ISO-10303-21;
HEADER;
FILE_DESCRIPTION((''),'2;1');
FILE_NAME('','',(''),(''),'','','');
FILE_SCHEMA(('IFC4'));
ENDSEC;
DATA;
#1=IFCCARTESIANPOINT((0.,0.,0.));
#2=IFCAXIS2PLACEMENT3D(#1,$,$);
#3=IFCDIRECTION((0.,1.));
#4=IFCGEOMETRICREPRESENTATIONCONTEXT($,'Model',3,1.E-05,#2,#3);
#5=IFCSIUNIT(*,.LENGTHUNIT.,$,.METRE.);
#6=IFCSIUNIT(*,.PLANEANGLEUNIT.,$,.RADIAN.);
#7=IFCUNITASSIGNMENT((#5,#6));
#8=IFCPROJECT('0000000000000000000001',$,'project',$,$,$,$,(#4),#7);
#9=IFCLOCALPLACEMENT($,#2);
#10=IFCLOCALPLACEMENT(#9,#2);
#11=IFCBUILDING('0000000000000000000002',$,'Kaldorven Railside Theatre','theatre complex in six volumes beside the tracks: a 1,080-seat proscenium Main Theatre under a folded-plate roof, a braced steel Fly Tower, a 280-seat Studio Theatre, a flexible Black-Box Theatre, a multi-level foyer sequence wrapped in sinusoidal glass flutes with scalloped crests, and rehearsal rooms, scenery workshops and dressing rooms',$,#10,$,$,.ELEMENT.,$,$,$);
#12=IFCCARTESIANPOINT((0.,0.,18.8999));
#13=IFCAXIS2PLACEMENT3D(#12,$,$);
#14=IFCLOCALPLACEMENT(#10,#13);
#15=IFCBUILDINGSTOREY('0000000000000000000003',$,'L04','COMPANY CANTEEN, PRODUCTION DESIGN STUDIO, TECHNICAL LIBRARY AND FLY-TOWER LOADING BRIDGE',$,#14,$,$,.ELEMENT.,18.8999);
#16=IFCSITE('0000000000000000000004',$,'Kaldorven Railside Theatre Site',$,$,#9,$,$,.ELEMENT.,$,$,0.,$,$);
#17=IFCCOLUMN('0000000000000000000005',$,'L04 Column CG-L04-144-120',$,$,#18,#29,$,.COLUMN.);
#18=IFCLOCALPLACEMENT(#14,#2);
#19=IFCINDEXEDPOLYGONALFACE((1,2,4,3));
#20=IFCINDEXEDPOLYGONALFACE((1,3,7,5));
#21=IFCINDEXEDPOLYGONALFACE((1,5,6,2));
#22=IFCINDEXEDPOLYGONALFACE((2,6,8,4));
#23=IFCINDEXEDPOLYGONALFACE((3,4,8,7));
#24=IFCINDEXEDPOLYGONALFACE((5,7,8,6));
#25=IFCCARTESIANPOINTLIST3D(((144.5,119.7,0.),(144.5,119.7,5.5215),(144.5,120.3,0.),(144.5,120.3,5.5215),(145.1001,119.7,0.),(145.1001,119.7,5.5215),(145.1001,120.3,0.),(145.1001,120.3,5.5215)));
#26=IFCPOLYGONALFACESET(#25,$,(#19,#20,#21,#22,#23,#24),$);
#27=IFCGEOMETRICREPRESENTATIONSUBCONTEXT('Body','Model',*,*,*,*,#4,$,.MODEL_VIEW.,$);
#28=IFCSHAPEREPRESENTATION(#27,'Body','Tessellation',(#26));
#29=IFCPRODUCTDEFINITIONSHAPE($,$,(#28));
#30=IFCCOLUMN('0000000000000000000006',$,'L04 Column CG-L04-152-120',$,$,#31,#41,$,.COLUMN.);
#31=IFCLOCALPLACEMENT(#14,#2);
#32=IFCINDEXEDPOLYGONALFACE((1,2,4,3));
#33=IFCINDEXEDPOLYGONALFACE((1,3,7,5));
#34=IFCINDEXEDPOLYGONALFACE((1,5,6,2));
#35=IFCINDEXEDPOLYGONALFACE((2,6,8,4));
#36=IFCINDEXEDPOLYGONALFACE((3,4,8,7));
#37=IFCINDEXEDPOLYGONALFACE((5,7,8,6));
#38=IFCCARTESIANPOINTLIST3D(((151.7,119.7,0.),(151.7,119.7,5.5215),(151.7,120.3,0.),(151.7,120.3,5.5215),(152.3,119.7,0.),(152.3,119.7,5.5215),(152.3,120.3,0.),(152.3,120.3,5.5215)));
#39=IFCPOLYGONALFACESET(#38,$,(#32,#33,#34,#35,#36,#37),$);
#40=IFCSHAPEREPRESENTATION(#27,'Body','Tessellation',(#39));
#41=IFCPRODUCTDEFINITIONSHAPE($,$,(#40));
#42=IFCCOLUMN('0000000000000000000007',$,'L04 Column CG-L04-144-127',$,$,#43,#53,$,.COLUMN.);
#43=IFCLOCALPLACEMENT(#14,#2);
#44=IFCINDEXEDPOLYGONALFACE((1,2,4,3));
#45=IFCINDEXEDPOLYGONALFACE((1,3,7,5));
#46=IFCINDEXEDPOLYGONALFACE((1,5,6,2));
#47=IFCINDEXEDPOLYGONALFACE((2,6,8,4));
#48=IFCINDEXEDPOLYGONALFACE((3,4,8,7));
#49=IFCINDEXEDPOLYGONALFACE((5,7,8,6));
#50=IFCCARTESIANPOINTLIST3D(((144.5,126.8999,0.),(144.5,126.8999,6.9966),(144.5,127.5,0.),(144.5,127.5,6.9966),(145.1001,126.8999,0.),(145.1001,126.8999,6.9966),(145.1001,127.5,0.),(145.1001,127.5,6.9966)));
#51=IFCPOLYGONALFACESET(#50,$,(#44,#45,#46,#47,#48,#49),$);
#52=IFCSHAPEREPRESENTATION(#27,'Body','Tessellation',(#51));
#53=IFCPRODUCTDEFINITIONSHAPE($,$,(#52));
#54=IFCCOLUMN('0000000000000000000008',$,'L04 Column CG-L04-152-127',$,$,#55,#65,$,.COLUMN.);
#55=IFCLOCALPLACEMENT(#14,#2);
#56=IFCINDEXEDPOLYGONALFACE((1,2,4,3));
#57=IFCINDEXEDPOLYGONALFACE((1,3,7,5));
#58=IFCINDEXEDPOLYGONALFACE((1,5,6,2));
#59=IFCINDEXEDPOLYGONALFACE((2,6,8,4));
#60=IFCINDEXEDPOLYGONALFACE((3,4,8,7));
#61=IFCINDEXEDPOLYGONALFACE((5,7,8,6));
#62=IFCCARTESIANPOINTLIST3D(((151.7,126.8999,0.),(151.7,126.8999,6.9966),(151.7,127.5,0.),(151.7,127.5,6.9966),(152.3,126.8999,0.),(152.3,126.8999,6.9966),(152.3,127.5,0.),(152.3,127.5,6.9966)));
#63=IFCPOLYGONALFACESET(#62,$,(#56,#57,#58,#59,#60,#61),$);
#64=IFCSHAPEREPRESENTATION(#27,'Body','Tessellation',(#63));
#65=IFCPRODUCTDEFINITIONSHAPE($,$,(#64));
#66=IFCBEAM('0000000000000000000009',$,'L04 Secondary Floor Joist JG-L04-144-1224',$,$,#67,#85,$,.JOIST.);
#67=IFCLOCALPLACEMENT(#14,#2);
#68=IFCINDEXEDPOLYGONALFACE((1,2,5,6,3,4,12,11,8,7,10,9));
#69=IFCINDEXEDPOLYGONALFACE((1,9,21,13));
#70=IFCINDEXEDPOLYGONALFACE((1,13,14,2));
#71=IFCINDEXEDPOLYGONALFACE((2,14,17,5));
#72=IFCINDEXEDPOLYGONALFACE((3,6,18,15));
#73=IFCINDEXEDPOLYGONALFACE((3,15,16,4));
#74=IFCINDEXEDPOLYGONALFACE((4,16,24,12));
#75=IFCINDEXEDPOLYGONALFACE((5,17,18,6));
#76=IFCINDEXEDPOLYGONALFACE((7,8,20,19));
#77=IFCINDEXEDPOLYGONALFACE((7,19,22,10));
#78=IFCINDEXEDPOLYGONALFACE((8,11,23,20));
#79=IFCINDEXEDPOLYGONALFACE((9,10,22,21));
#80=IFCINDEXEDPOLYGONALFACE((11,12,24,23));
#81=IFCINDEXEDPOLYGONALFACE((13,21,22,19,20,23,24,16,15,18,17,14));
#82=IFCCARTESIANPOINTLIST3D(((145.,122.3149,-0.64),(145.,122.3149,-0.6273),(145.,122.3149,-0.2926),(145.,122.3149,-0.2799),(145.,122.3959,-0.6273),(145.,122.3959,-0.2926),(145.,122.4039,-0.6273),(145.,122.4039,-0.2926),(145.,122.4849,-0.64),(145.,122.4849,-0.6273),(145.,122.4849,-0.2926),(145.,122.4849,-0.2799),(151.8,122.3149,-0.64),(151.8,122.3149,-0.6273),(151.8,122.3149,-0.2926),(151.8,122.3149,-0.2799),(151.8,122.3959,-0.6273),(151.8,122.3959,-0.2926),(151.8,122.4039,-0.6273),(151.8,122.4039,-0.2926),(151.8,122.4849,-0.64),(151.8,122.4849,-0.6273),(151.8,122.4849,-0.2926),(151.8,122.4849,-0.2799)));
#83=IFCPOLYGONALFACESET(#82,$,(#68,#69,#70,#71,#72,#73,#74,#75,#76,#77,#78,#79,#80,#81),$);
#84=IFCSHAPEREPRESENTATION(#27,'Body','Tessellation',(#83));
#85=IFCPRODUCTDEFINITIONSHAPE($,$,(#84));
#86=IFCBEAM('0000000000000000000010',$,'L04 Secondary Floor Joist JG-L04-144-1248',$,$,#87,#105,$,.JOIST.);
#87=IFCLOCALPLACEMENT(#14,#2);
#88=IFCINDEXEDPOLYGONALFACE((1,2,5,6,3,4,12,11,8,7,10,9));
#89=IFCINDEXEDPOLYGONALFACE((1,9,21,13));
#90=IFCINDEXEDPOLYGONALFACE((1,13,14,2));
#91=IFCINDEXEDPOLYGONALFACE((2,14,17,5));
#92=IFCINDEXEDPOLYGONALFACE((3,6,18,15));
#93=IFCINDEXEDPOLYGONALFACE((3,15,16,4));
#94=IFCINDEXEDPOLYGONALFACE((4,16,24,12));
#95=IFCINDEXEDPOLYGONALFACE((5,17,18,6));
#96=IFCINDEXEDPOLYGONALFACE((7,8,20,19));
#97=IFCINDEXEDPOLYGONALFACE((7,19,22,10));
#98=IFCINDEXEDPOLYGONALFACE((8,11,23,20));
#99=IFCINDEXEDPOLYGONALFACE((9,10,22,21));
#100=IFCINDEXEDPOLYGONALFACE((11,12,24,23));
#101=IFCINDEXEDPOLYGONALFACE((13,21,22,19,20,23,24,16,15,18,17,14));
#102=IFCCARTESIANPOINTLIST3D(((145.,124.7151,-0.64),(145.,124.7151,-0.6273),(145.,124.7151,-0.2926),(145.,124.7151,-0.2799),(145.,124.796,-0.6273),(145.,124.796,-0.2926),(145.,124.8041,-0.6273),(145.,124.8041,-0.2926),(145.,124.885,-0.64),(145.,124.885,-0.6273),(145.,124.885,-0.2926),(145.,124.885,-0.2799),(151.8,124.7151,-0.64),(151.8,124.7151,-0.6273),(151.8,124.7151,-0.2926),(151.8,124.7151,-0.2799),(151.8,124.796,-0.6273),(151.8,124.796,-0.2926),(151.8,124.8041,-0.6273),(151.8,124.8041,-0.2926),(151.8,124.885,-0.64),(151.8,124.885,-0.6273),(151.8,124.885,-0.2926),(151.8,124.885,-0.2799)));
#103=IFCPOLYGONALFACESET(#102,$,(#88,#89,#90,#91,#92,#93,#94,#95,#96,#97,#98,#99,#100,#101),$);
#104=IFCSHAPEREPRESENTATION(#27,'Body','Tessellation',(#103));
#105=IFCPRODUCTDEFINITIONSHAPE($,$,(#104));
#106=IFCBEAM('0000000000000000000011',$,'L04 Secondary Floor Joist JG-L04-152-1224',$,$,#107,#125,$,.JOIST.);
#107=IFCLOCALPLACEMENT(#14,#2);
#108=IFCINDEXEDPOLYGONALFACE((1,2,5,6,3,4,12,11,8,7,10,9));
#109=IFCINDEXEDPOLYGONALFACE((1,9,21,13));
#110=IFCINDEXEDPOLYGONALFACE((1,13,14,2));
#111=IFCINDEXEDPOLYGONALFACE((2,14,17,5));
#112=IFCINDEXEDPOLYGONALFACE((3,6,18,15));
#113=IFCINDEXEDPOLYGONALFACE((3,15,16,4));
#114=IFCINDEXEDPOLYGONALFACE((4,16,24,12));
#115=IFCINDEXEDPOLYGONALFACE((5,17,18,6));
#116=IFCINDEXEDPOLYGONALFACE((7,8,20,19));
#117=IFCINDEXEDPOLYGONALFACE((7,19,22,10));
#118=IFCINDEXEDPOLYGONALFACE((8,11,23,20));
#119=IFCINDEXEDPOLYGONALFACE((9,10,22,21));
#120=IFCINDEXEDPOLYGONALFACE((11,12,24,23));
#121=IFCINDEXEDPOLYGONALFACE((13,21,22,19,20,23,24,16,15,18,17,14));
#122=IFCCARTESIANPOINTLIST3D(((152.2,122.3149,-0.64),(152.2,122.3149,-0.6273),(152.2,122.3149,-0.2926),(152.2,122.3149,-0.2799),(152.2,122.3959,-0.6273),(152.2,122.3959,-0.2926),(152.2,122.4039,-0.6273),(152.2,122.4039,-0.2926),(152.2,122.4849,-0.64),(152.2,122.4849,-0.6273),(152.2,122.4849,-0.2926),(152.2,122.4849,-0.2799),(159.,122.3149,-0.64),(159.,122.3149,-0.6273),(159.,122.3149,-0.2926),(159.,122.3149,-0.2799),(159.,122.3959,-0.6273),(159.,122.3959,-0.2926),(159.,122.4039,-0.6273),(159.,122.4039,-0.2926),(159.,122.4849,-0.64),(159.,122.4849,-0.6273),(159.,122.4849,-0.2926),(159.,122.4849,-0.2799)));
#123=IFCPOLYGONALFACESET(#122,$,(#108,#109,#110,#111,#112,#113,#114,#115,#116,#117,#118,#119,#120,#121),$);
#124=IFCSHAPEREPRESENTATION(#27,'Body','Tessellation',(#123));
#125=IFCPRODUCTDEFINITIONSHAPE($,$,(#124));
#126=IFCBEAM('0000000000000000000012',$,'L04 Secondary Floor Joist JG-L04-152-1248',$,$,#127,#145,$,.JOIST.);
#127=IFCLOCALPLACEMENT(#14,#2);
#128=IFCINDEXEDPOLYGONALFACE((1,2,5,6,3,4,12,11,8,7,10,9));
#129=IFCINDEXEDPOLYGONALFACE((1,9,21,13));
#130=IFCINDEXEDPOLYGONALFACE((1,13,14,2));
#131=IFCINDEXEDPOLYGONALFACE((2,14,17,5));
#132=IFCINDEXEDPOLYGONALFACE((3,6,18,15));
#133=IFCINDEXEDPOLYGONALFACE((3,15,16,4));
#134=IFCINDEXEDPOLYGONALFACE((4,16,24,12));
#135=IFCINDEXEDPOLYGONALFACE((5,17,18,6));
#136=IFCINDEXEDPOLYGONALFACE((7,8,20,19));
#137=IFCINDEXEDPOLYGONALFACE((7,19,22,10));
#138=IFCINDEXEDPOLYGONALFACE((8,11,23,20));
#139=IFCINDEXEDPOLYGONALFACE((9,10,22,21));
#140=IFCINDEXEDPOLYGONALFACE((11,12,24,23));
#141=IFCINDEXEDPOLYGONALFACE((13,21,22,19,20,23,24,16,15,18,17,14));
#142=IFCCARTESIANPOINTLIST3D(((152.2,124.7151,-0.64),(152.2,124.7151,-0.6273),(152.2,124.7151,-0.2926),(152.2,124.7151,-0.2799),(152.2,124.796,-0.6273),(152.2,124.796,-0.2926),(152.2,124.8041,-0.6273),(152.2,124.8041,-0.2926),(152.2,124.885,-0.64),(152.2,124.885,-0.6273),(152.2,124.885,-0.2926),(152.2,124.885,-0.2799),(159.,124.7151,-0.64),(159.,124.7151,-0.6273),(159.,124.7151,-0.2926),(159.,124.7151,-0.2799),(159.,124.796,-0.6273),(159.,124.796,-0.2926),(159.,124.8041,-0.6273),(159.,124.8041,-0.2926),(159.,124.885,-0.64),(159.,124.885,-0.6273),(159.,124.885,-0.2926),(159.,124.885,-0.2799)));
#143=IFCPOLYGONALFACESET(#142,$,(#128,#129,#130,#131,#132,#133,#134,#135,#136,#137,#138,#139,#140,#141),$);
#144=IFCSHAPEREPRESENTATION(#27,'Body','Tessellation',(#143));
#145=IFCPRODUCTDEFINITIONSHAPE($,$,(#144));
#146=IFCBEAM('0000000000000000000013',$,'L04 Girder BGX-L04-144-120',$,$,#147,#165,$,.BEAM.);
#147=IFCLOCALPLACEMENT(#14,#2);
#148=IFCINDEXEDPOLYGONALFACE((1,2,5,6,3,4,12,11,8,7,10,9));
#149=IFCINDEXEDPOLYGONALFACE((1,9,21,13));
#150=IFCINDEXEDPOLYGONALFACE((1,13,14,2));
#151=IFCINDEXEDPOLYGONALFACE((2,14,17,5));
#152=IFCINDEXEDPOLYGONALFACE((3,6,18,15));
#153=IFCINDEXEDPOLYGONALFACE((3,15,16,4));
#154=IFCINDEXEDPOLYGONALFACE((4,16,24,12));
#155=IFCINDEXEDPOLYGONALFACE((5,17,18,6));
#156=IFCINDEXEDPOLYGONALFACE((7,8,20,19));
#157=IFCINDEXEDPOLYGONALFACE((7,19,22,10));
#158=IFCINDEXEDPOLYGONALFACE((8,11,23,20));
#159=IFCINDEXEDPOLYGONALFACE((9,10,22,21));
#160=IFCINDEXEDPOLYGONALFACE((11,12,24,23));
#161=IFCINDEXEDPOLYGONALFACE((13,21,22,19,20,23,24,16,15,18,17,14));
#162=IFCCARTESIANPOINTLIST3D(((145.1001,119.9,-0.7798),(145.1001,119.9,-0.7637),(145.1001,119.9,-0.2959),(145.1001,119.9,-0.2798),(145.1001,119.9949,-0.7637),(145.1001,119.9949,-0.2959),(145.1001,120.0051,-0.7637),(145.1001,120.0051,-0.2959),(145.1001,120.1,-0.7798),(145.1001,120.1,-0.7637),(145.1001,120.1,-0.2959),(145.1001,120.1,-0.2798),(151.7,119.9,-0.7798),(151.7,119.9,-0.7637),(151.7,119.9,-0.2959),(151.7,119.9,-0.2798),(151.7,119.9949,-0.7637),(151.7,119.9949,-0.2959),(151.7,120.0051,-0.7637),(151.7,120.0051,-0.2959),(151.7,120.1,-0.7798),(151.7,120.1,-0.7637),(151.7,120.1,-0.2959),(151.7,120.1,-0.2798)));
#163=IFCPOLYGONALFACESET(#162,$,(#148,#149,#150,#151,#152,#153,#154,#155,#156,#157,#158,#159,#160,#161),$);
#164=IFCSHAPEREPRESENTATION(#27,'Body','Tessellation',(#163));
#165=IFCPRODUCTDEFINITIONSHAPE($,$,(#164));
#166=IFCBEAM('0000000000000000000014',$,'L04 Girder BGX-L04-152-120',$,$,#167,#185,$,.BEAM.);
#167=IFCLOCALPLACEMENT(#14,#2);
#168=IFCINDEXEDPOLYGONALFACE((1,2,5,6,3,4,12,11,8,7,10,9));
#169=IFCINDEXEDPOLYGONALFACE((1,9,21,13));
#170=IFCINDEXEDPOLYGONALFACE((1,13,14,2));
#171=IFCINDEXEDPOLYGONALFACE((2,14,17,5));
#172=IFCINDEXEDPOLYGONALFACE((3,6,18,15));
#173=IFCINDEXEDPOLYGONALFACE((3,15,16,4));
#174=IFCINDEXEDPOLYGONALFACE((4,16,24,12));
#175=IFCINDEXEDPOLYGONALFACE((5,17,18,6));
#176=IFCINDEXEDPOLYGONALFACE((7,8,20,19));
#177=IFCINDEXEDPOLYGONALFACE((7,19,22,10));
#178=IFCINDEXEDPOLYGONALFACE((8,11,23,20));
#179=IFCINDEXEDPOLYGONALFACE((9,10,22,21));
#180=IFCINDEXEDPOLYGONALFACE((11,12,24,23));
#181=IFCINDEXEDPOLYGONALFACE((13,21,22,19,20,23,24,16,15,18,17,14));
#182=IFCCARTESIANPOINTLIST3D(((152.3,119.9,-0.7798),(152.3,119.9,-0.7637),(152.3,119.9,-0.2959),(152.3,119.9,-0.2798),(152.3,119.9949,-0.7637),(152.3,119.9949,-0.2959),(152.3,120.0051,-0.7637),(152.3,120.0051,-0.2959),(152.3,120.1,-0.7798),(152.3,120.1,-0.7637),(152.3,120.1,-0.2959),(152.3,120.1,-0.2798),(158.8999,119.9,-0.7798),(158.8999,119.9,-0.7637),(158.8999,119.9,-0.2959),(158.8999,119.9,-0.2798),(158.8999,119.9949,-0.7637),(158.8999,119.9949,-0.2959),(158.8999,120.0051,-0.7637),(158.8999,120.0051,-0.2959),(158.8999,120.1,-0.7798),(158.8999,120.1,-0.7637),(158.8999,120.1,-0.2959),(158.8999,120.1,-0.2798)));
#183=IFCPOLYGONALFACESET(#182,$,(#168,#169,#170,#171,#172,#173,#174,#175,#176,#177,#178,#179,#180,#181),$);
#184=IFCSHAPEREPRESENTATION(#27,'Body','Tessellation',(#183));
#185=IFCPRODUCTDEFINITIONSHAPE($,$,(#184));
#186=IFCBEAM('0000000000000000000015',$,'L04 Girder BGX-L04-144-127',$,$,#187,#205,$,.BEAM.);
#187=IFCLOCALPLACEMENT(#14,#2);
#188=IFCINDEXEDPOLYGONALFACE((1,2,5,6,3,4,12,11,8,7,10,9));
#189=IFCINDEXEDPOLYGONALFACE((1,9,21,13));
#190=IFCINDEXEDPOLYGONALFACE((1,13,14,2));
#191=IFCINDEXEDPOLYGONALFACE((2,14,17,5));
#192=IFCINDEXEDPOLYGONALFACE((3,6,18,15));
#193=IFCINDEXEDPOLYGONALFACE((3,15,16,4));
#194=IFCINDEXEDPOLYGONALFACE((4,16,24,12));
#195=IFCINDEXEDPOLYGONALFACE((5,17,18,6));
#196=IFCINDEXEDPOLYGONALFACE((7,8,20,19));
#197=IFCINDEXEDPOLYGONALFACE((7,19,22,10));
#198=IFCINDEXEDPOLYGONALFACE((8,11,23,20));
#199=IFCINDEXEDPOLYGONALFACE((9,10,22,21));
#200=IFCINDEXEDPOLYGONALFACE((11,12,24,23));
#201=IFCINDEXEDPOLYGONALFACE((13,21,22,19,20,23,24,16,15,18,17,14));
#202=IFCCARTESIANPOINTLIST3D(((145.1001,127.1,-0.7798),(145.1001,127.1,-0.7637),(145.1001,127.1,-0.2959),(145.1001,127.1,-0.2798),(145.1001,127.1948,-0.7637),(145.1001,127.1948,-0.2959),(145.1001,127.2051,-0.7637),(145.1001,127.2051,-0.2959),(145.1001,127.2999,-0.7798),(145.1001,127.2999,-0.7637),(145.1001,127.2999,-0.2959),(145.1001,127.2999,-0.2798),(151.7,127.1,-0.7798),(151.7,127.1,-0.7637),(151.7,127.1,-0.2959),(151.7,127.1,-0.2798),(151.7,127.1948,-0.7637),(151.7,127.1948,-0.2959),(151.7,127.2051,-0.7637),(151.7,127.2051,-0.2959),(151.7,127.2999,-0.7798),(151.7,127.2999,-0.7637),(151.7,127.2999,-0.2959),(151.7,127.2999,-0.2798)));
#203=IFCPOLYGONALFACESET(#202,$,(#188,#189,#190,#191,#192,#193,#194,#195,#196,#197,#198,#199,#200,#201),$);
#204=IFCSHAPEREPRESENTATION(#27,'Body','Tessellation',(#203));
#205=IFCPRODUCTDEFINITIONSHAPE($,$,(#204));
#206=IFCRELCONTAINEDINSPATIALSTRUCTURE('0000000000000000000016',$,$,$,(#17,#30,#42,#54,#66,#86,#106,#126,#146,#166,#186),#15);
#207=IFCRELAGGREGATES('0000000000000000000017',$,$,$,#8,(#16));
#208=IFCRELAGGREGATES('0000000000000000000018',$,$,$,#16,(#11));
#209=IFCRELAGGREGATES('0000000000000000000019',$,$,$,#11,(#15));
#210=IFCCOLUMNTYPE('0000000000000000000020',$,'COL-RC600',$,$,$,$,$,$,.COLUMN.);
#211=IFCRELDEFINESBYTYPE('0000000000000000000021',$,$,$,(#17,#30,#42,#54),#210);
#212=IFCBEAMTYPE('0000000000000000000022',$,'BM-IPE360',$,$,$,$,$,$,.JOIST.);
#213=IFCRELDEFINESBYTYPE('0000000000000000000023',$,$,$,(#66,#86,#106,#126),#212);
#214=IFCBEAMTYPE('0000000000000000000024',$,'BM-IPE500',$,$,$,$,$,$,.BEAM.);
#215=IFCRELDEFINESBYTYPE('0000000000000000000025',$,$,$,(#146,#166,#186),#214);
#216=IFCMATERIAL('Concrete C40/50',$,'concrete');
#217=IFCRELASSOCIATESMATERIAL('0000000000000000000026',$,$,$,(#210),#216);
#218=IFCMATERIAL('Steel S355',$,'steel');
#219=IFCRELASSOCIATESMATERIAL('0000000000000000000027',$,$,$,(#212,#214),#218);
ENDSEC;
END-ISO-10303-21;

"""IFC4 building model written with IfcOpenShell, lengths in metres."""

from ifc_helpers import new_model, si_unit, direction, frame, origin, origin_2d, place, context, subcontext, project, spatial, rectangle, i_section, extrude, material, material_profile, profile_set, type_object, element, save


model = new_model("IFC4")

# Units and contexts
model_context = context("Model", 3, precision=1e-05, world=origin(), true_north=direction((0.0, 1.0)))
body_context = subcontext(model_context, "Body", "Model", "MODEL_VIEW")
ifc_project = project(units=[si_unit("LENGTHUNIT", "METRE"), si_unit("PLANEANGLEUNIT", "RADIAN")], contexts=[model_context])

# Site, building, storey
site_placement = place(None, origin())
site = spatial("IfcSite", under=ifc_project, at=site_placement, Name="Kaldorven Railside Theatre Site", CompositionType="ELEMENT", RefElevation=0.0)
building_placement = place(site_placement, origin())
building = spatial("IfcBuilding", under=site, at=building_placement, Name="Kaldorven Railside Theatre", Description="theatre complex in six volumes beside the tracks: a 1,080-seat proscenium Main Theatre under a folded-plate roof, a braced steel Fly Tower, a 280-seat Studio Theatre, a flexible Black-Box Theatre, a multi-level foyer sequence wrapped in sinusoidal glass flutes with scalloped crests, and rehearsal rooms, scenery workshops and dressing rooms", CompositionType="ELEMENT")
storey_placement = place(building_placement, frame((0.0, 0.0, 18.8999)))
storey = spatial("IfcBuildingStorey", under=building, at=storey_placement, Name="L04", Description="COMPANY CANTEEN, PRODUCTION DESIGN STUDIO, TECHNICAL LIBRARY AND FLY-TOWER LOADING BRIDGE", CompositionType="ELEMENT", Elevation=18.8999)

# Columns
ifc_material_1 = material(Name="Concrete C40/50", Category="concrete")
ifc_material_profile_1 = material_profile(ifc_material_1, rectangle(XDim=0.6001, YDim=0.6001, at=origin_2d()), Name="RC 600x600")
ifc_profile_set_1 = profile_set([ifc_material_profile_1], Name="Concrete C40/50")
column_type = type_object("IfcColumnType", Name="COL-RC600", PredefinedType="COLUMN", material=ifc_profile_set_1)
for number, where, z_axis, x_axis, name in (
    (1, (144.8, 120.0, 0.0), (0.0, 0.0, 1.0), (1.0, 0.0, 0.0), "L04 Column CG-L04-144-120"),
    (2, (152.0, 120.0, 0.0), (0.0, 0.0, 1.0), (1.0, 0.0, 0.0), "L04 Column CG-L04-152-120"),
):
    element("IfcColumn", number, at=place(storey_placement, frame(where, z_axis=z_axis, x_axis=x_axis)), inside=storey, type_object=column_type, Name=name, PredefinedType="COLUMN", context=body_context, shape_type="SweptSolid", body=[
        extrude(rectangle(XDim=0.6001, YDim=0.6001, at=origin_2d()), origin(), (0.0, 0.0, 1.0), 5.5215),
    ])
for number, where, z_axis, x_axis, name in (
    (3, (144.8, 127.2, 0.0), (0.0, 0.0, 1.0), (1.0, 0.0, 0.0), "L04 Column CG-L04-144-127"),
    (4, (152.0, 127.2, 0.0), (0.0, 0.0, 1.0), (0.0, 1.0, 0.0), "L04 Column CG-L04-152-127"),
):
    element("IfcColumn", number, at=place(storey_placement, frame(where, z_axis=z_axis, x_axis=x_axis)), inside=storey, type_object=column_type, Name=name, PredefinedType="COLUMN", context=body_context, shape_type="SweptSolid", body=[
        extrude(rectangle(XDim=0.6001, YDim=0.6001, at=origin_2d()), origin(), (0.0, 0.0, 1.0), 6.9966),
    ])

# Beams
ifc_material_2 = material(Name="Steel S355", Category="steel")
ifc_material_profile_2 = material_profile(ifc_material_2, i_section(OverallWidth=0.1699, OverallDepth=0.3601, WebThickness=0.0081, FlangeThickness=0.0127, at=origin_2d()), Name="IPE 360")
ifc_profile_set_2 = profile_set([ifc_material_profile_2], Name="Steel S355")
beam_type_1 = type_object("IfcBeamType", Name="BM-IPE360", PredefinedType="JOIST", material=ifc_profile_set_2)
for number, where, z_axis, x_axis, name in (
    (5, (145.0, 122.3999, -0.46), (1.0, 0.0, 0.0), (0.0, 1.0, 0.0), "L04 Secondary Floor Joist JG-L04-144-1224"),
    (6, (145.0, 124.8, -0.46), (1.0, 0.0, 0.0), (0.0, 1.0, 0.0), "L04 Secondary Floor Joist JG-L04-144-1248"),
    (7, (152.2, 122.3999, -0.46), (1.0, 0.0, 0.0), (0.0, 1.0, 0.0), "L04 Secondary Floor Joist JG-L04-152-1224"),
    (8, (152.2, 124.8, -0.46), (1.0, 0.0, 0.0), (0.0, 1.0, 0.0), "L04 Secondary Floor Joist JG-L04-152-1248"),
):
    element("IfcBeam", number, at=place(storey_placement, frame(where, z_axis=z_axis, x_axis=x_axis)), inside=storey, type_object=beam_type_1, Name=name, PredefinedType="JOIST", context=body_context, shape_type="SweptSolid", body=[
        extrude(i_section(OverallWidth=0.1699, OverallDepth=0.3601, WebThickness=0.0081, FlangeThickness=0.0127, at=origin_2d()), origin(), (0.0, 0.0, 1.0), 6.8),
    ])
ifc_material_profile_3 = material_profile(ifc_material_2, i_section(OverallWidth=0.2, OverallDepth=0.5, WebThickness=0.0103, FlangeThickness=0.0161, at=origin_2d()), Name="IPE 500")
ifc_profile_set_3 = profile_set([ifc_material_profile_3], Name="Steel S355")
beam_type_2 = type_object("IfcBeamType", Name="BM-IPE500", PredefinedType="BEAM", material=ifc_profile_set_3)
for number, where, z_axis, x_axis, name in (
    (9, (145.1001, 120.0, -0.5298), (1.0, 0.0, 0.0), (0.0, 1.0, 0.0), "L04 Girder BGX-L04-144-120"),
    (10, (152.3, 120.0, -0.5298), (1.0, 0.0, 0.0), (0.0, 1.0, 0.0), "L04 Girder BGX-L04-152-120"),
    (11, (145.1001, 127.2, -0.5298), (1.0, 0.0, 0.0), (0.0, 1.0, 0.0), "L04 Girder BGX-L04-144-127"),
):
    element("IfcBeam", number, at=place(storey_placement, frame(where, z_axis=z_axis, x_axis=x_axis)), inside=storey, type_object=beam_type_2, Name=name, PredefinedType="BEAM", context=body_context, shape_type="SweptSolid", body=[
        extrude(i_section(OverallWidth=0.2, OverallDepth=0.5, WebThickness=0.0103, FlangeThickness=0.0161, at=origin_2d()), origin(), (0.0, 0.0, 1.0), 6.5999),
    ])

save(model, "model.ifc")
